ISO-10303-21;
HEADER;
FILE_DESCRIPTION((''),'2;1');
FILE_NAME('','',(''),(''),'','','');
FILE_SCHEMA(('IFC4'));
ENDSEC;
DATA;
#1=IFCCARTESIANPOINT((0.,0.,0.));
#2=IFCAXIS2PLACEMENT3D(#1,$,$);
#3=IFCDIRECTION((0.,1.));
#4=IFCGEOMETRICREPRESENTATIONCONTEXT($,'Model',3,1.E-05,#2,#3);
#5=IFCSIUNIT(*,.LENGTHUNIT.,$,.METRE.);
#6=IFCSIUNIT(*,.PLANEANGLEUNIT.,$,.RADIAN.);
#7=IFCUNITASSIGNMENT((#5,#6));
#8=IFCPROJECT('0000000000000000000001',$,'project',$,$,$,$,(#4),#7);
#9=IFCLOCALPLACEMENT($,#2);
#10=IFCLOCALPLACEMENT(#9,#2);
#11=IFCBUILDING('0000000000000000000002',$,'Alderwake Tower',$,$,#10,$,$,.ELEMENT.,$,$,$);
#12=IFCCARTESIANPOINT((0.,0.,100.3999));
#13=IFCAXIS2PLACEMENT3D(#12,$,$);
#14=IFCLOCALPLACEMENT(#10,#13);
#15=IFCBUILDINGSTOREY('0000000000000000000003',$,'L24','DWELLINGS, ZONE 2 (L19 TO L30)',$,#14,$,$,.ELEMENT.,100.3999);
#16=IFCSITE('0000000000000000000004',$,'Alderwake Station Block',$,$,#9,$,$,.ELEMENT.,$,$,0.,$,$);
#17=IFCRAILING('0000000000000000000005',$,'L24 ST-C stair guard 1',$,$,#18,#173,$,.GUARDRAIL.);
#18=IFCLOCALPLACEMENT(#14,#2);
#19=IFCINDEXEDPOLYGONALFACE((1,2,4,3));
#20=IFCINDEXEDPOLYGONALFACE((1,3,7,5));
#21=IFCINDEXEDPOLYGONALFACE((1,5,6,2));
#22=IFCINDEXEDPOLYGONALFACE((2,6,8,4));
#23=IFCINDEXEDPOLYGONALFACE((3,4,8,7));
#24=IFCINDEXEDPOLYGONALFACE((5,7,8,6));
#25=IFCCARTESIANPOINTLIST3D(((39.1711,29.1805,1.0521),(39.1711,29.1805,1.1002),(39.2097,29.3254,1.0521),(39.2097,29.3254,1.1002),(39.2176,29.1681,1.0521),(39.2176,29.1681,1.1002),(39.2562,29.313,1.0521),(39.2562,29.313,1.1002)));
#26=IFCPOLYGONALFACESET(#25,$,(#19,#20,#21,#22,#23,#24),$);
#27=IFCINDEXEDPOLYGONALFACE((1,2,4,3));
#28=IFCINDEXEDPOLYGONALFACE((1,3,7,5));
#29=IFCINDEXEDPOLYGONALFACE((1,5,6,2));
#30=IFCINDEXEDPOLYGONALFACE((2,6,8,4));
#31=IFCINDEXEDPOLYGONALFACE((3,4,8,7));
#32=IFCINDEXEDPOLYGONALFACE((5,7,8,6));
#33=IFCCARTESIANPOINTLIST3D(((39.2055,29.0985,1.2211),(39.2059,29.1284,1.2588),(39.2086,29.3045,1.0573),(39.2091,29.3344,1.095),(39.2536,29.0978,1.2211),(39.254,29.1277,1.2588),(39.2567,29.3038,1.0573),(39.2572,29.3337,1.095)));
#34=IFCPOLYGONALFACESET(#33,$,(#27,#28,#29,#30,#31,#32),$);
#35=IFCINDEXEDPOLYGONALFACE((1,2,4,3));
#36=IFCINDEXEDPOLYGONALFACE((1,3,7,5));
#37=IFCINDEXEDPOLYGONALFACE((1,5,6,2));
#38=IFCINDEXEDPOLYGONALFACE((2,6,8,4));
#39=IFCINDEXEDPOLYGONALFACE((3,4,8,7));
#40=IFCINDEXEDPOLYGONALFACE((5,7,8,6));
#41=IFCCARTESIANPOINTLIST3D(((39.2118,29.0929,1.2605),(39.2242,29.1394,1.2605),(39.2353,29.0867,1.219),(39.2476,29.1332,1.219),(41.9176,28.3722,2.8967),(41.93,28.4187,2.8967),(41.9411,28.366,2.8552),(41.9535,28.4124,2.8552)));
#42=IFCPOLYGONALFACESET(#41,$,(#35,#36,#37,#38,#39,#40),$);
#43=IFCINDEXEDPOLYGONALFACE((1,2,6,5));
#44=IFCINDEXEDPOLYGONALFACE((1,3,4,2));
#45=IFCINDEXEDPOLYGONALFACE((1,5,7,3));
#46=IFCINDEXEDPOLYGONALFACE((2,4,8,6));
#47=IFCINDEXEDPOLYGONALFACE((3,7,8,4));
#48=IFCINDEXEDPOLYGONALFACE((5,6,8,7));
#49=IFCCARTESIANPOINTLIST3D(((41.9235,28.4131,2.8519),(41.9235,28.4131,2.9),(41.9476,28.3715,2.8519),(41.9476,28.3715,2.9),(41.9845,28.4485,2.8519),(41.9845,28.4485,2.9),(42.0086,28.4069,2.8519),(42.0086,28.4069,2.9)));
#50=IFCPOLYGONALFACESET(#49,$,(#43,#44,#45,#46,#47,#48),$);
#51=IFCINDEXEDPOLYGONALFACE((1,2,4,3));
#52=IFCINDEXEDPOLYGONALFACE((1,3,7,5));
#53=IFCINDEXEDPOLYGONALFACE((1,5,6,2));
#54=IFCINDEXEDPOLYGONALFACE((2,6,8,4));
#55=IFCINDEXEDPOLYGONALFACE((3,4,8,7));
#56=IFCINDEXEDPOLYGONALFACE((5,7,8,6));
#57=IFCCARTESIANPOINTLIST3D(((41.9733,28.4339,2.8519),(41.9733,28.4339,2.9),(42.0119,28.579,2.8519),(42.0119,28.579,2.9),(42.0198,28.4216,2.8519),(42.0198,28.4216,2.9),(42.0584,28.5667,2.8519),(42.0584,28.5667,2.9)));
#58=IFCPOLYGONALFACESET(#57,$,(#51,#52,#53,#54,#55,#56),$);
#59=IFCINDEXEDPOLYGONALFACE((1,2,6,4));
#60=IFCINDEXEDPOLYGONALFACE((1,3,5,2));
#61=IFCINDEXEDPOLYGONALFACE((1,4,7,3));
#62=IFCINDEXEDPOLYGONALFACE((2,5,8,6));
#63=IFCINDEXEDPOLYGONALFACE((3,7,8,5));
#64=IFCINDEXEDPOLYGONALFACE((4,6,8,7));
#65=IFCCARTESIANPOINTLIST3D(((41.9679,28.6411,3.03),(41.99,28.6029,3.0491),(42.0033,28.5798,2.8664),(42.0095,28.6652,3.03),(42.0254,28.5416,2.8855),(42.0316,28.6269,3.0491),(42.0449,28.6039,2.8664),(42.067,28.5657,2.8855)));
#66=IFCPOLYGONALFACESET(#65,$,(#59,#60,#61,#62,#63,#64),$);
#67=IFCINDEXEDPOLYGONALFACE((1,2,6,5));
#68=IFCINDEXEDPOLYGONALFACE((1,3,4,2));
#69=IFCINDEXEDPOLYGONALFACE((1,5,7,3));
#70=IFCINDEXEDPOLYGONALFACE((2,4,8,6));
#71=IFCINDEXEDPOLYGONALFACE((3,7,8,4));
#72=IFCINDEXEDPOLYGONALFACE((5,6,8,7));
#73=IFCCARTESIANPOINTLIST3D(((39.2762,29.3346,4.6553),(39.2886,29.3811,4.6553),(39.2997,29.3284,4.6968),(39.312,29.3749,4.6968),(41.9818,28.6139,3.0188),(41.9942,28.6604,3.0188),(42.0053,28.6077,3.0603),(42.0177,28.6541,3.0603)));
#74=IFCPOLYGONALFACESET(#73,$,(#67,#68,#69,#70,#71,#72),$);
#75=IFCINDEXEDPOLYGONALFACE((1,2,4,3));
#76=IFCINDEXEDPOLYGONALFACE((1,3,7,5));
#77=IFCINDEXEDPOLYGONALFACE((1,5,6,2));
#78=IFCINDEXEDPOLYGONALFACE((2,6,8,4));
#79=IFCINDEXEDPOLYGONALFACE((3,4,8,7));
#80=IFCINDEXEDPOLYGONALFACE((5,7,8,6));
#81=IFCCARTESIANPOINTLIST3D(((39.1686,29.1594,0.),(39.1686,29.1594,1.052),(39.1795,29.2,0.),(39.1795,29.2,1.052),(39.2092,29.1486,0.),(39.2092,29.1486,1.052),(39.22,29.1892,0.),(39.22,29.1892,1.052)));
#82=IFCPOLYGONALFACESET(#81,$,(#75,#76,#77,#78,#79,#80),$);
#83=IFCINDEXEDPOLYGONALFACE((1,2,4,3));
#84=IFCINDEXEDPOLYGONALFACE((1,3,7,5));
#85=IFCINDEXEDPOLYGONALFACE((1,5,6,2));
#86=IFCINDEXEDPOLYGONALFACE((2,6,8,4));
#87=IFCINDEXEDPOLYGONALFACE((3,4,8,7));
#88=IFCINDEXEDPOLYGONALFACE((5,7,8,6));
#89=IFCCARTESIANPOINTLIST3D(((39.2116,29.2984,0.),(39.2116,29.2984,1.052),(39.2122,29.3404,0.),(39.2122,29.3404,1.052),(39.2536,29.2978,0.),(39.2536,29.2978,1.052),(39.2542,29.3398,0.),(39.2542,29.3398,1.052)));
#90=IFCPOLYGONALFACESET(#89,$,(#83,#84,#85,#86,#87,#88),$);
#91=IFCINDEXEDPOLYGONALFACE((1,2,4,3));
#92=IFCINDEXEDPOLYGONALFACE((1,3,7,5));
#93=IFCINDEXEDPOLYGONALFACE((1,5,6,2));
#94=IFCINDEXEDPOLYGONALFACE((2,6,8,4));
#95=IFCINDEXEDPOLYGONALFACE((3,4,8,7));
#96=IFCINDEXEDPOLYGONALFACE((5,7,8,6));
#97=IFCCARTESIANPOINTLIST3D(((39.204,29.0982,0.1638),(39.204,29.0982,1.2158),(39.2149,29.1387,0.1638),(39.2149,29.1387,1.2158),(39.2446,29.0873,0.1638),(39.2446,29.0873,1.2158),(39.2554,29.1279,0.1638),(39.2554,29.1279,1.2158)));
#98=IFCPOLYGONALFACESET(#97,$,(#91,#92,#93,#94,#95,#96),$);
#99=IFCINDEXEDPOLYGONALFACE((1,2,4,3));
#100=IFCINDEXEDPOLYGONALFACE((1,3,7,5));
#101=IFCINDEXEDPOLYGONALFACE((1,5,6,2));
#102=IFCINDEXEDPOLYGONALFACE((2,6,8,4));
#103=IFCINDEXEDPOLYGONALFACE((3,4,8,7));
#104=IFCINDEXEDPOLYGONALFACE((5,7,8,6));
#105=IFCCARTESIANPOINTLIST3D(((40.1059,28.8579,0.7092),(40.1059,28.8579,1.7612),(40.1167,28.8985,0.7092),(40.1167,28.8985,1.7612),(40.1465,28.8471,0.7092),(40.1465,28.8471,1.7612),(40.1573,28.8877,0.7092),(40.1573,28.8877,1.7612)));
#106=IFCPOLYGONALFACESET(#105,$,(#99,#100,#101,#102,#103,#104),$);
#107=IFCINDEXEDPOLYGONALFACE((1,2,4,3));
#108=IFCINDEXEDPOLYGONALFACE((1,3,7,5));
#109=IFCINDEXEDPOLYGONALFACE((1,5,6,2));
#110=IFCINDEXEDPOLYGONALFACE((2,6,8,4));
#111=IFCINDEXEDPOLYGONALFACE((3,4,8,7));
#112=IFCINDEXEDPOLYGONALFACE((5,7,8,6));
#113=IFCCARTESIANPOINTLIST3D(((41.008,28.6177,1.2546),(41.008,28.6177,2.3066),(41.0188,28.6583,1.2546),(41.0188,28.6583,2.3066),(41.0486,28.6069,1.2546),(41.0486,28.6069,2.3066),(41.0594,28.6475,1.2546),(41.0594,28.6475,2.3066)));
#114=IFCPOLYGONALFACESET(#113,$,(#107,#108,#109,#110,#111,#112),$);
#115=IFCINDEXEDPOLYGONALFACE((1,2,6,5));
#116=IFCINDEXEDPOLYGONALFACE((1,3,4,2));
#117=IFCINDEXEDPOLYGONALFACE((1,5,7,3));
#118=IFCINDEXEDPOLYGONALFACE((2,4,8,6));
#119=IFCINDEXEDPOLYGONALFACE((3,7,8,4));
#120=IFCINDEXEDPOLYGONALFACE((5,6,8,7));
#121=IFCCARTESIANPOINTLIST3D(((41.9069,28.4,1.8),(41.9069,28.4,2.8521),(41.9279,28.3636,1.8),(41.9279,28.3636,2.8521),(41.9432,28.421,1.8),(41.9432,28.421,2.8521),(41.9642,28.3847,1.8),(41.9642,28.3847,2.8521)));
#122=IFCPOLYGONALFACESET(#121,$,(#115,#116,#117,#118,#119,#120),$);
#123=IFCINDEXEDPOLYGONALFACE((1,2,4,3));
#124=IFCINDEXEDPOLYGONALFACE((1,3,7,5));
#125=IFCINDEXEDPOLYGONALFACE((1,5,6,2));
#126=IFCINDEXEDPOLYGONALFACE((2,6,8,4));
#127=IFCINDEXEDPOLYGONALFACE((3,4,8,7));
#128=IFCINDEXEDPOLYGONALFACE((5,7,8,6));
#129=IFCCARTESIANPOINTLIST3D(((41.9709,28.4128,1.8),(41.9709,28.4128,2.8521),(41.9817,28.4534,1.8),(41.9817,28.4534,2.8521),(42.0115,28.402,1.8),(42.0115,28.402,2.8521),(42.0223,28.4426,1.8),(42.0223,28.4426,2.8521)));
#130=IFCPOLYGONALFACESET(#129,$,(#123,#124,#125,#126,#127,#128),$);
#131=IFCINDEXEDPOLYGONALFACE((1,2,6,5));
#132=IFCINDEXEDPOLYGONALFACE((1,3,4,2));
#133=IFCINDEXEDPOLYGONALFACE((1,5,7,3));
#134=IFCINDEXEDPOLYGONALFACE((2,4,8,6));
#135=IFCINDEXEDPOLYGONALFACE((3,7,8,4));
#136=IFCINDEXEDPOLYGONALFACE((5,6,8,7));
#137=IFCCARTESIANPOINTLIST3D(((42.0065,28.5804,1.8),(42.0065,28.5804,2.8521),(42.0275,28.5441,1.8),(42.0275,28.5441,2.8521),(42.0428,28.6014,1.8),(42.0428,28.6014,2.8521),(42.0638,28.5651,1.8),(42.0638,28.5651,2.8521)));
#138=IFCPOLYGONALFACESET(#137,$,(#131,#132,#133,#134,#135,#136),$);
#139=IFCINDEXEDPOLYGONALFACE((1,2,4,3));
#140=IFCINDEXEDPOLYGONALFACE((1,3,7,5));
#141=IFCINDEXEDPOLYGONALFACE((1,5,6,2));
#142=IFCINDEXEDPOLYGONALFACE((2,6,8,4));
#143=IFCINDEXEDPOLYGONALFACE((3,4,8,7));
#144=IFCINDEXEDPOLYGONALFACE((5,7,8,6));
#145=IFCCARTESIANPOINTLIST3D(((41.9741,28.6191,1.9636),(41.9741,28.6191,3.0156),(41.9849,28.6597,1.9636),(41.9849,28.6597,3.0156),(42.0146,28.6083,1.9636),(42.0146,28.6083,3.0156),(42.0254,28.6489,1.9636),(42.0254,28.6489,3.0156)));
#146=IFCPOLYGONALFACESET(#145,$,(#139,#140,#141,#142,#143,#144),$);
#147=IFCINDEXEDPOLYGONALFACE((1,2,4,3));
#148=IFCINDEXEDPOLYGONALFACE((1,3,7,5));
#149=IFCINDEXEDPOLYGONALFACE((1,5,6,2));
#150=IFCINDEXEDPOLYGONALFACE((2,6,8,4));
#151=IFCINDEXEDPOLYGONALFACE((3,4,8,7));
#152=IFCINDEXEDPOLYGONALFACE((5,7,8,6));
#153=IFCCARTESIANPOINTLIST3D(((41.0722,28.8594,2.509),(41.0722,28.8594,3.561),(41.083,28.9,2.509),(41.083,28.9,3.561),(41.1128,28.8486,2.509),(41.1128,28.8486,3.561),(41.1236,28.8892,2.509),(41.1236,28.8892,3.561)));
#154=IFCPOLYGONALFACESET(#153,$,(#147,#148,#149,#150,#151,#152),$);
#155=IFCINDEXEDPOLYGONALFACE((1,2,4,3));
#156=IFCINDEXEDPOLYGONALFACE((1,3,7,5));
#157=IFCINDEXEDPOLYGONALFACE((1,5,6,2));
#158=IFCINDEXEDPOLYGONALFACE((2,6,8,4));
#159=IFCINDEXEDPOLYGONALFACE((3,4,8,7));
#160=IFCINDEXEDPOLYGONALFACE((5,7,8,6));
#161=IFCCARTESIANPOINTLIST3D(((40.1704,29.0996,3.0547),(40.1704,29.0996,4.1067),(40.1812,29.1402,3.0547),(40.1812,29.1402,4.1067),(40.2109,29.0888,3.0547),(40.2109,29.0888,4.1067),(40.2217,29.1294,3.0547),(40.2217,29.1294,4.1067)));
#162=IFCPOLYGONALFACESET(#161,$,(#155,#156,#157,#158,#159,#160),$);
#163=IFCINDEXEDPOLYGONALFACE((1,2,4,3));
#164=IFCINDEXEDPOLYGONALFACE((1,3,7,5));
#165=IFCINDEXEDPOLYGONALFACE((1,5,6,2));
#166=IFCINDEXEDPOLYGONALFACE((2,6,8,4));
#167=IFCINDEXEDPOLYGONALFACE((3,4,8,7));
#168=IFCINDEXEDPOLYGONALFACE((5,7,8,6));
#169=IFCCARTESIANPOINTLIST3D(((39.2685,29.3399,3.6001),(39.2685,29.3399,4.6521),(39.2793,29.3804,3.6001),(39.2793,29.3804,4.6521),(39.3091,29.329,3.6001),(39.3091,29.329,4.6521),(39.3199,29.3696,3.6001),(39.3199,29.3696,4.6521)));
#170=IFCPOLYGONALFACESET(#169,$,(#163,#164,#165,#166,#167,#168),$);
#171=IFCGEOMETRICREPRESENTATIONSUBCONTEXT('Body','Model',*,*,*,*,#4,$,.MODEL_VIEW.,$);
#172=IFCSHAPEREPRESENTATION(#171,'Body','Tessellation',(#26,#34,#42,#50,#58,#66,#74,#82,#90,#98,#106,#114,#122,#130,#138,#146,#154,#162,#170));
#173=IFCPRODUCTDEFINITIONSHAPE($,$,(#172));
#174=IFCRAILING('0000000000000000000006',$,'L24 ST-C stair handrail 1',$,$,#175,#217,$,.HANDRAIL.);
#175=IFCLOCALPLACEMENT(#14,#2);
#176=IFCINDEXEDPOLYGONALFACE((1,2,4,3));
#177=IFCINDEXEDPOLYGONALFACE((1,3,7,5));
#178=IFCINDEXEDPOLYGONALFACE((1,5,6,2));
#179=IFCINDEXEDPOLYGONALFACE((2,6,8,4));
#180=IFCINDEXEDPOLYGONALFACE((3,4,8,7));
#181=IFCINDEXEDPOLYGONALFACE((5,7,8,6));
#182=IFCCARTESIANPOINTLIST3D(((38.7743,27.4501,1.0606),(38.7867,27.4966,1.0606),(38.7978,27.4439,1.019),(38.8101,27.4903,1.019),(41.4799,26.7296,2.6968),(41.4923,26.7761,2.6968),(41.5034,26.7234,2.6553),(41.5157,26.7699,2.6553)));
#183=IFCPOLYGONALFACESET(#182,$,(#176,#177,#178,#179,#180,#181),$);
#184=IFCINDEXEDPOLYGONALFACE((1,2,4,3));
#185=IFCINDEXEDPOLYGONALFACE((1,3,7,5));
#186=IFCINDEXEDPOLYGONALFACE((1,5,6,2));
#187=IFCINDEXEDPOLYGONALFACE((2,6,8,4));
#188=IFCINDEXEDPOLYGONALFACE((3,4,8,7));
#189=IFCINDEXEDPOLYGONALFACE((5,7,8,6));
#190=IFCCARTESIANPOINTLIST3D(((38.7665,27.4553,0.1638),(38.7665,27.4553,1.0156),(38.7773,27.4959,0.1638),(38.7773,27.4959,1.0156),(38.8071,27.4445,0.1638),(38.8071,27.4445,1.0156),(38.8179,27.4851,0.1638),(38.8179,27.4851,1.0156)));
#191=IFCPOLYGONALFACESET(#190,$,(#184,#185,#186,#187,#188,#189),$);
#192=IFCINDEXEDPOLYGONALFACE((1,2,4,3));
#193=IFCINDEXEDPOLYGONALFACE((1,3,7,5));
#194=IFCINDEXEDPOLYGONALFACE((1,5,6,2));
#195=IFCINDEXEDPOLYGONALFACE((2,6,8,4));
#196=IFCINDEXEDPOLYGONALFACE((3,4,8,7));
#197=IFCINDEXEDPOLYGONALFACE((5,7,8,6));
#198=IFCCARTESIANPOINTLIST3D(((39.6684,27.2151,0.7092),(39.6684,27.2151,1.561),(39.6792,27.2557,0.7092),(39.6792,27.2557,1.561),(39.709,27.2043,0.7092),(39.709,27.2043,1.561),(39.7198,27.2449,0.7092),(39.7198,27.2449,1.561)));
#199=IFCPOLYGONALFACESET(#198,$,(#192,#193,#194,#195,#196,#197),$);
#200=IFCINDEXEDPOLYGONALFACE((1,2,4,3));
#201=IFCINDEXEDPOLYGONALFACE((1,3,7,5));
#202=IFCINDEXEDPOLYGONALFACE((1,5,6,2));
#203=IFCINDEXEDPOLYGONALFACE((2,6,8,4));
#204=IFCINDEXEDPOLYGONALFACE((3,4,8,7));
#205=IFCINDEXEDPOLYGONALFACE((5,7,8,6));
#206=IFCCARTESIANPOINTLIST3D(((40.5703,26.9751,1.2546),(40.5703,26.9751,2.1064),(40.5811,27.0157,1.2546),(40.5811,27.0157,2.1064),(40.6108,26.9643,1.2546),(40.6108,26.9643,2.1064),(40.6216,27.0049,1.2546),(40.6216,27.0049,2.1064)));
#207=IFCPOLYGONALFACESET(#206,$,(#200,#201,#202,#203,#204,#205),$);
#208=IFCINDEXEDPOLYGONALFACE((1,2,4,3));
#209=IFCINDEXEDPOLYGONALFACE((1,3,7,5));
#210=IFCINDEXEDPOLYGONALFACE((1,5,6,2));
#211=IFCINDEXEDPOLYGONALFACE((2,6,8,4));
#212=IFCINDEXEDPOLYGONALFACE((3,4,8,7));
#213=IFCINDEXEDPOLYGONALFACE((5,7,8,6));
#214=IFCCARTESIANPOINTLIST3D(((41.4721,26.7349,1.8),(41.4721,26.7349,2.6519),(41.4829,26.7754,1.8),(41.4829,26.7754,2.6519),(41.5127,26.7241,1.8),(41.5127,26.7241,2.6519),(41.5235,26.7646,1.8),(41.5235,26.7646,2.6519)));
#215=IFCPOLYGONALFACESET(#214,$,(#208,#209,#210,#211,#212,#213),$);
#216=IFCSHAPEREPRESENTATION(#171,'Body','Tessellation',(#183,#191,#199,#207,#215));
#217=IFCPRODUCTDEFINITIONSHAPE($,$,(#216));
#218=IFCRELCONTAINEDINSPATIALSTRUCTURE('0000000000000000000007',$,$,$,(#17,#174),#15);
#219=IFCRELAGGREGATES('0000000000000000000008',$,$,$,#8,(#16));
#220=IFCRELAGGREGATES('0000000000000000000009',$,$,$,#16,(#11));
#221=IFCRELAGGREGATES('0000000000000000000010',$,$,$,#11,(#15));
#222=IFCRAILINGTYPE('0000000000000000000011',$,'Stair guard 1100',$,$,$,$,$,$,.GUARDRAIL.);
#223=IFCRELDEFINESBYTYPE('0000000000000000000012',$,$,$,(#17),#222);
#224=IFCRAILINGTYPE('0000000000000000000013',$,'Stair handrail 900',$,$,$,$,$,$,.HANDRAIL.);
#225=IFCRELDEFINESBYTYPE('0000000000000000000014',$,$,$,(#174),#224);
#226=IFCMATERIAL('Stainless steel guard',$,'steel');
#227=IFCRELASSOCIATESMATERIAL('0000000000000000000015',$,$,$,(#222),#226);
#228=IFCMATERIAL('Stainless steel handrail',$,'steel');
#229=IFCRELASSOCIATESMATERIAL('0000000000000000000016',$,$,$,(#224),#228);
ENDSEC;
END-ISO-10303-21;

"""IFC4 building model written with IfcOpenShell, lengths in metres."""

from ifc_helpers import new_model, si_unit, direction, frame, origin, origin_2d, place, context, subcontext, project, spatial, rectangle, extrude, material, type_object, element, save


model = new_model("IFC4")

# Units and contexts
model_context = context("Model", 3, precision=1e-05, world=origin(), true_north=direction((0.0, 1.0)))
body_context = subcontext(model_context, "Body", "Model", "MODEL_VIEW")
ifc_project = project(units=[si_unit("LENGTHUNIT", "METRE"), si_unit("PLANEANGLEUNIT", "RADIAN")], contexts=[model_context])

# Site, building, storey
site_placement = place(None, origin())
site = spatial("IfcSite", under=ifc_project, at=site_placement, Name="Alderwake Station Block", CompositionType="ELEMENT", RefElevation=0.0)
building_placement = place(site_placement, origin())
building = spatial("IfcBuilding", under=site, at=building_placement, Name="Alderwake Tower", CompositionType="ELEMENT")
storey_placement = place(building_placement, frame((0.0, 0.0, 100.3999)))
storey = spatial("IfcBuildingStorey", under=building, at=storey_placement, Name="L24", Description="DWELLINGS, ZONE 2 (L19 TO L30)", CompositionType="ELEMENT", Elevation=100.3999)

# Railings
ifc_material_1 = material(Name="Stainless steel guard", Category="steel")
railing_type_1 = type_object("IfcRailingType", Name="Stair guard 1100", PredefinedType="GUARDRAIL", material=ifc_material_1)
railing_1_placement = place(storey_placement, frame((39.1943, 29.1743, 0.0)))
element("IfcRailing", 1, at=railing_1_placement, inside=storey, type_object=railing_type_1, Name="L24 ST-C stair guard 1", PredefinedType="GUARDRAIL", context=body_context, shape_type="SweptSolid", body=[
    extrude(rectangle(XDim=0.0481, YDim=0.0481, at=origin_2d()), frame((0.0, 0.0, 1.0762), z_axis=(0.25746, 0.966289, 0.0), x_axis=(-0.966289, 0.25746, 0.0)), (0.0, 0.0, 1.0), 0.1499),
    extrude(rectangle(XDim=0.0481, YDim=0.0481, at=origin_2d()), frame((0.0386, 0.1448, 1.0762), z_axis=(-0.012056, -0.782708, 0.622272), x_axis=(0.999881, -0.015401, 0.0)), (0.0, 0.0, 1.0), 0.2632),
    extrude(rectangle(XDim=0.0481, YDim=0.0481, at=origin_2d()), frame((0.0354, -0.0613, 1.2397), z_axis=(0.834314, -0.222223, 0.504518), x_axis=(0.25738, 0.96631, 0.0)), (0.0, 0.0, 1.0), 3.2432),
    extrude(rectangle(XDim=0.0481, YDim=0.0481, at=origin_2d()), frame((2.7412, -0.782, 2.876), z_axis=(0.865031, 0.501718, 0.0), x_axis=(-0.501718, 0.865031, 0.0)), (0.0, 0.0, 1.0), 0.0706),
    extrude(rectangle(XDim=0.0481, YDim=0.0481, at=origin_2d()), frame((2.8022, -0.7466, 2.876), z_axis=(0.257055, 0.966397, 0.0), x_axis=(-0.966397, 0.257055, 0.0)), (0.0, 0.0, 1.0), 0.1501),
    extrude(rectangle(XDim=0.0481, YDim=0.0481, at=origin_2d()), frame((2.8408, -0.6016, 2.876), z_axis=(-0.198625, 0.343827, 0.917786), x_axis=(-0.865898, -0.50022, 0.0)), (0.0, 0.0, 1.0), 0.1782),
    extrude(rectangle(XDim=0.0481, YDim=0.0481, at=origin_2d()), frame((2.8054, -0.5403, 3.0396), z_axis=(-0.834259, 0.222228, 0.504605), x_axis=(-0.257402, -0.966304, 0.0)), (0.0, 0.0, 1.0), 3.2432),
    extrude(rectangle(XDim=0.042, YDim=0.042, at=origin_2d()), frame((0.0, 0.0, 0.0), z_axis=(0.0, 0.0, 1.0), x_axis=(0.25746, 0.966289, 0.0)), (0.0, 0.0, 1.0), 1.052),
    extrude(rectangle(XDim=0.042, YDim=0.042, at=origin_2d()), frame((0.0386, 0.1448, 0.0), z_axis=(0.0, 0.0, 1.0), x_axis=(-0.015401, -0.999881, 0.0)), (0.0, 0.0, 1.0), 1.052),
    extrude(rectangle(XDim=0.042, YDim=0.042, at=origin_2d()), frame((0.0354, -0.0613, 0.1638), z_axis=(0.0, 0.0, 1.0), x_axis=(0.96631, -0.25738, 0.0)), (0.0, 0.0, 1.0), 1.052),
    extrude(rectangle(XDim=0.042, YDim=0.042, at=origin_2d()), frame((0.9373, -0.3015, 0.7092), z_axis=(0.0, 0.0, 1.0), x_axis=(0.96631, -0.25738, 0.0)), (0.0, 0.0, 1.0), 1.052),
    extrude(rectangle(XDim=0.042, YDim=0.042, at=origin_2d()), frame((1.8394, -0.5417, 1.2546), z_axis=(0.0, 0.0, 1.0), x_axis=(0.96631, -0.25738, 0.0)), (0.0, 0.0, 1.0), 1.052),
    extrude(rectangle(XDim=0.042, YDim=0.042, at=origin_2d()), frame((2.7412, -0.782, 1.8), z_axis=(0.0, 0.0, 1.0), x_axis=(0.865031, 0.501718, 0.0)), (0.0, 0.0, 1.0), 1.052),
    extrude(rectangle(XDim=0.042, YDim=0.042, at=origin_2d()), frame((2.8022, -0.7466, 1.8), z_axis=(0.0, 0.0, 1.0), x_axis=(0.257055, 0.966397, 0.0)), (0.0, 0.0, 1.0), 1.052),
    extrude(rectangle(XDim=0.042, YDim=0.042, at=origin_2d()), frame((2.8408, -0.6016, 1.8), z_axis=(0.0, 0.0, 1.0), x_axis=(-0.50022, 0.865898, 0.0)), (0.0, 0.0, 1.0), 1.052),
    extrude(rectangle(XDim=0.042, YDim=0.042, at=origin_2d()), frame((2.8054, -0.5403, 1.9636), z_axis=(0.0, 0.0, 1.0), x_axis=(-0.966304, 0.257402, 0.0)), (0.0, 0.0, 1.0), 1.052),
    extrude(rectangle(XDim=0.042, YDim=0.042, at=origin_2d()), frame((1.9036, -0.3, 2.509), z_axis=(0.0, 0.0, 1.0), x_axis=(-0.966304, 0.257402, 0.0)), (0.0, 0.0, 1.0), 1.052),
    extrude(rectangle(XDim=0.042, YDim=0.042, at=origin_2d()), frame((1.0017, -0.0598, 3.0547), z_axis=(0.0, 0.0, 1.0), x_axis=(-0.966304, 0.257402, 0.0)), (0.0, 0.0, 1.0), 1.052),
    extrude(rectangle(XDim=0.042, YDim=0.042, at=origin_2d()), frame((0.0999, 0.1804, 3.6001), z_axis=(0.0, 0.0, 1.0), x_axis=(-0.966304, 0.257402, 0.0)), (0.0, 0.0, 1.0), 1.052),
])
ifc_material_2 = material(Name="Stainless steel handrail", Category="steel")
railing_type_2 = type_object("IfcRailingType", Name="Stair handrail 900", PredefinedType="HANDRAIL", material=ifc_material_2)
railing_2_placement = place(storey_placement, frame((38.7922, 27.4702, 0.1638)))
element("IfcRailing", 2, at=railing_2_placement, inside=storey, type_object=railing_type_2, Name="L24 ST-C stair handrail 1", PredefinedType="HANDRAIL", context=body_context, shape_type="SweptSolid", body=[
    extrude(rectangle(XDim=0.0481, YDim=0.0481, at=origin_2d()), frame((0.0, 0.0, 0.876), z_axis=(0.834305, -0.222165, 0.504558), x_axis=(0.257321, 0.966326, 0.0)), (0.0, 0.0, 1.0), 3.2429),
    extrude(rectangle(XDim=0.042, YDim=0.042, at=origin_2d()), frame((0.0, 0.0, 0.0), z_axis=(0.0, 0.0, 1.0), x_axis=(0.966326, -0.257321, 0.0)), (0.0, 0.0, 1.0), 0.8518),
    extrude(rectangle(XDim=0.042, YDim=0.042, at=origin_2d()), frame((0.9019, -0.2402, 0.5454), z_axis=(0.0, 0.0, 1.0), x_axis=(0.966326, -0.257321, 0.0)), (0.0, 0.0, 1.0), 0.8518),
    extrude(rectangle(XDim=0.042, YDim=0.042, at=origin_2d()), frame((1.8037, -0.4802, 1.0908), z_axis=(0.0, 0.0, 1.0), x_axis=(0.966326, -0.257321, 0.0)), (0.0, 0.0, 1.0), 0.8518),
    extrude(rectangle(XDim=0.042, YDim=0.042, at=origin_2d()), frame((2.7056, -0.7205, 1.6362), z_axis=(0.0, 0.0, 1.0), x_axis=(0.966326, -0.257321, 0.0)), (0.0, 0.0, 1.0), 0.8518),
])

save(model, "model.ifc")
